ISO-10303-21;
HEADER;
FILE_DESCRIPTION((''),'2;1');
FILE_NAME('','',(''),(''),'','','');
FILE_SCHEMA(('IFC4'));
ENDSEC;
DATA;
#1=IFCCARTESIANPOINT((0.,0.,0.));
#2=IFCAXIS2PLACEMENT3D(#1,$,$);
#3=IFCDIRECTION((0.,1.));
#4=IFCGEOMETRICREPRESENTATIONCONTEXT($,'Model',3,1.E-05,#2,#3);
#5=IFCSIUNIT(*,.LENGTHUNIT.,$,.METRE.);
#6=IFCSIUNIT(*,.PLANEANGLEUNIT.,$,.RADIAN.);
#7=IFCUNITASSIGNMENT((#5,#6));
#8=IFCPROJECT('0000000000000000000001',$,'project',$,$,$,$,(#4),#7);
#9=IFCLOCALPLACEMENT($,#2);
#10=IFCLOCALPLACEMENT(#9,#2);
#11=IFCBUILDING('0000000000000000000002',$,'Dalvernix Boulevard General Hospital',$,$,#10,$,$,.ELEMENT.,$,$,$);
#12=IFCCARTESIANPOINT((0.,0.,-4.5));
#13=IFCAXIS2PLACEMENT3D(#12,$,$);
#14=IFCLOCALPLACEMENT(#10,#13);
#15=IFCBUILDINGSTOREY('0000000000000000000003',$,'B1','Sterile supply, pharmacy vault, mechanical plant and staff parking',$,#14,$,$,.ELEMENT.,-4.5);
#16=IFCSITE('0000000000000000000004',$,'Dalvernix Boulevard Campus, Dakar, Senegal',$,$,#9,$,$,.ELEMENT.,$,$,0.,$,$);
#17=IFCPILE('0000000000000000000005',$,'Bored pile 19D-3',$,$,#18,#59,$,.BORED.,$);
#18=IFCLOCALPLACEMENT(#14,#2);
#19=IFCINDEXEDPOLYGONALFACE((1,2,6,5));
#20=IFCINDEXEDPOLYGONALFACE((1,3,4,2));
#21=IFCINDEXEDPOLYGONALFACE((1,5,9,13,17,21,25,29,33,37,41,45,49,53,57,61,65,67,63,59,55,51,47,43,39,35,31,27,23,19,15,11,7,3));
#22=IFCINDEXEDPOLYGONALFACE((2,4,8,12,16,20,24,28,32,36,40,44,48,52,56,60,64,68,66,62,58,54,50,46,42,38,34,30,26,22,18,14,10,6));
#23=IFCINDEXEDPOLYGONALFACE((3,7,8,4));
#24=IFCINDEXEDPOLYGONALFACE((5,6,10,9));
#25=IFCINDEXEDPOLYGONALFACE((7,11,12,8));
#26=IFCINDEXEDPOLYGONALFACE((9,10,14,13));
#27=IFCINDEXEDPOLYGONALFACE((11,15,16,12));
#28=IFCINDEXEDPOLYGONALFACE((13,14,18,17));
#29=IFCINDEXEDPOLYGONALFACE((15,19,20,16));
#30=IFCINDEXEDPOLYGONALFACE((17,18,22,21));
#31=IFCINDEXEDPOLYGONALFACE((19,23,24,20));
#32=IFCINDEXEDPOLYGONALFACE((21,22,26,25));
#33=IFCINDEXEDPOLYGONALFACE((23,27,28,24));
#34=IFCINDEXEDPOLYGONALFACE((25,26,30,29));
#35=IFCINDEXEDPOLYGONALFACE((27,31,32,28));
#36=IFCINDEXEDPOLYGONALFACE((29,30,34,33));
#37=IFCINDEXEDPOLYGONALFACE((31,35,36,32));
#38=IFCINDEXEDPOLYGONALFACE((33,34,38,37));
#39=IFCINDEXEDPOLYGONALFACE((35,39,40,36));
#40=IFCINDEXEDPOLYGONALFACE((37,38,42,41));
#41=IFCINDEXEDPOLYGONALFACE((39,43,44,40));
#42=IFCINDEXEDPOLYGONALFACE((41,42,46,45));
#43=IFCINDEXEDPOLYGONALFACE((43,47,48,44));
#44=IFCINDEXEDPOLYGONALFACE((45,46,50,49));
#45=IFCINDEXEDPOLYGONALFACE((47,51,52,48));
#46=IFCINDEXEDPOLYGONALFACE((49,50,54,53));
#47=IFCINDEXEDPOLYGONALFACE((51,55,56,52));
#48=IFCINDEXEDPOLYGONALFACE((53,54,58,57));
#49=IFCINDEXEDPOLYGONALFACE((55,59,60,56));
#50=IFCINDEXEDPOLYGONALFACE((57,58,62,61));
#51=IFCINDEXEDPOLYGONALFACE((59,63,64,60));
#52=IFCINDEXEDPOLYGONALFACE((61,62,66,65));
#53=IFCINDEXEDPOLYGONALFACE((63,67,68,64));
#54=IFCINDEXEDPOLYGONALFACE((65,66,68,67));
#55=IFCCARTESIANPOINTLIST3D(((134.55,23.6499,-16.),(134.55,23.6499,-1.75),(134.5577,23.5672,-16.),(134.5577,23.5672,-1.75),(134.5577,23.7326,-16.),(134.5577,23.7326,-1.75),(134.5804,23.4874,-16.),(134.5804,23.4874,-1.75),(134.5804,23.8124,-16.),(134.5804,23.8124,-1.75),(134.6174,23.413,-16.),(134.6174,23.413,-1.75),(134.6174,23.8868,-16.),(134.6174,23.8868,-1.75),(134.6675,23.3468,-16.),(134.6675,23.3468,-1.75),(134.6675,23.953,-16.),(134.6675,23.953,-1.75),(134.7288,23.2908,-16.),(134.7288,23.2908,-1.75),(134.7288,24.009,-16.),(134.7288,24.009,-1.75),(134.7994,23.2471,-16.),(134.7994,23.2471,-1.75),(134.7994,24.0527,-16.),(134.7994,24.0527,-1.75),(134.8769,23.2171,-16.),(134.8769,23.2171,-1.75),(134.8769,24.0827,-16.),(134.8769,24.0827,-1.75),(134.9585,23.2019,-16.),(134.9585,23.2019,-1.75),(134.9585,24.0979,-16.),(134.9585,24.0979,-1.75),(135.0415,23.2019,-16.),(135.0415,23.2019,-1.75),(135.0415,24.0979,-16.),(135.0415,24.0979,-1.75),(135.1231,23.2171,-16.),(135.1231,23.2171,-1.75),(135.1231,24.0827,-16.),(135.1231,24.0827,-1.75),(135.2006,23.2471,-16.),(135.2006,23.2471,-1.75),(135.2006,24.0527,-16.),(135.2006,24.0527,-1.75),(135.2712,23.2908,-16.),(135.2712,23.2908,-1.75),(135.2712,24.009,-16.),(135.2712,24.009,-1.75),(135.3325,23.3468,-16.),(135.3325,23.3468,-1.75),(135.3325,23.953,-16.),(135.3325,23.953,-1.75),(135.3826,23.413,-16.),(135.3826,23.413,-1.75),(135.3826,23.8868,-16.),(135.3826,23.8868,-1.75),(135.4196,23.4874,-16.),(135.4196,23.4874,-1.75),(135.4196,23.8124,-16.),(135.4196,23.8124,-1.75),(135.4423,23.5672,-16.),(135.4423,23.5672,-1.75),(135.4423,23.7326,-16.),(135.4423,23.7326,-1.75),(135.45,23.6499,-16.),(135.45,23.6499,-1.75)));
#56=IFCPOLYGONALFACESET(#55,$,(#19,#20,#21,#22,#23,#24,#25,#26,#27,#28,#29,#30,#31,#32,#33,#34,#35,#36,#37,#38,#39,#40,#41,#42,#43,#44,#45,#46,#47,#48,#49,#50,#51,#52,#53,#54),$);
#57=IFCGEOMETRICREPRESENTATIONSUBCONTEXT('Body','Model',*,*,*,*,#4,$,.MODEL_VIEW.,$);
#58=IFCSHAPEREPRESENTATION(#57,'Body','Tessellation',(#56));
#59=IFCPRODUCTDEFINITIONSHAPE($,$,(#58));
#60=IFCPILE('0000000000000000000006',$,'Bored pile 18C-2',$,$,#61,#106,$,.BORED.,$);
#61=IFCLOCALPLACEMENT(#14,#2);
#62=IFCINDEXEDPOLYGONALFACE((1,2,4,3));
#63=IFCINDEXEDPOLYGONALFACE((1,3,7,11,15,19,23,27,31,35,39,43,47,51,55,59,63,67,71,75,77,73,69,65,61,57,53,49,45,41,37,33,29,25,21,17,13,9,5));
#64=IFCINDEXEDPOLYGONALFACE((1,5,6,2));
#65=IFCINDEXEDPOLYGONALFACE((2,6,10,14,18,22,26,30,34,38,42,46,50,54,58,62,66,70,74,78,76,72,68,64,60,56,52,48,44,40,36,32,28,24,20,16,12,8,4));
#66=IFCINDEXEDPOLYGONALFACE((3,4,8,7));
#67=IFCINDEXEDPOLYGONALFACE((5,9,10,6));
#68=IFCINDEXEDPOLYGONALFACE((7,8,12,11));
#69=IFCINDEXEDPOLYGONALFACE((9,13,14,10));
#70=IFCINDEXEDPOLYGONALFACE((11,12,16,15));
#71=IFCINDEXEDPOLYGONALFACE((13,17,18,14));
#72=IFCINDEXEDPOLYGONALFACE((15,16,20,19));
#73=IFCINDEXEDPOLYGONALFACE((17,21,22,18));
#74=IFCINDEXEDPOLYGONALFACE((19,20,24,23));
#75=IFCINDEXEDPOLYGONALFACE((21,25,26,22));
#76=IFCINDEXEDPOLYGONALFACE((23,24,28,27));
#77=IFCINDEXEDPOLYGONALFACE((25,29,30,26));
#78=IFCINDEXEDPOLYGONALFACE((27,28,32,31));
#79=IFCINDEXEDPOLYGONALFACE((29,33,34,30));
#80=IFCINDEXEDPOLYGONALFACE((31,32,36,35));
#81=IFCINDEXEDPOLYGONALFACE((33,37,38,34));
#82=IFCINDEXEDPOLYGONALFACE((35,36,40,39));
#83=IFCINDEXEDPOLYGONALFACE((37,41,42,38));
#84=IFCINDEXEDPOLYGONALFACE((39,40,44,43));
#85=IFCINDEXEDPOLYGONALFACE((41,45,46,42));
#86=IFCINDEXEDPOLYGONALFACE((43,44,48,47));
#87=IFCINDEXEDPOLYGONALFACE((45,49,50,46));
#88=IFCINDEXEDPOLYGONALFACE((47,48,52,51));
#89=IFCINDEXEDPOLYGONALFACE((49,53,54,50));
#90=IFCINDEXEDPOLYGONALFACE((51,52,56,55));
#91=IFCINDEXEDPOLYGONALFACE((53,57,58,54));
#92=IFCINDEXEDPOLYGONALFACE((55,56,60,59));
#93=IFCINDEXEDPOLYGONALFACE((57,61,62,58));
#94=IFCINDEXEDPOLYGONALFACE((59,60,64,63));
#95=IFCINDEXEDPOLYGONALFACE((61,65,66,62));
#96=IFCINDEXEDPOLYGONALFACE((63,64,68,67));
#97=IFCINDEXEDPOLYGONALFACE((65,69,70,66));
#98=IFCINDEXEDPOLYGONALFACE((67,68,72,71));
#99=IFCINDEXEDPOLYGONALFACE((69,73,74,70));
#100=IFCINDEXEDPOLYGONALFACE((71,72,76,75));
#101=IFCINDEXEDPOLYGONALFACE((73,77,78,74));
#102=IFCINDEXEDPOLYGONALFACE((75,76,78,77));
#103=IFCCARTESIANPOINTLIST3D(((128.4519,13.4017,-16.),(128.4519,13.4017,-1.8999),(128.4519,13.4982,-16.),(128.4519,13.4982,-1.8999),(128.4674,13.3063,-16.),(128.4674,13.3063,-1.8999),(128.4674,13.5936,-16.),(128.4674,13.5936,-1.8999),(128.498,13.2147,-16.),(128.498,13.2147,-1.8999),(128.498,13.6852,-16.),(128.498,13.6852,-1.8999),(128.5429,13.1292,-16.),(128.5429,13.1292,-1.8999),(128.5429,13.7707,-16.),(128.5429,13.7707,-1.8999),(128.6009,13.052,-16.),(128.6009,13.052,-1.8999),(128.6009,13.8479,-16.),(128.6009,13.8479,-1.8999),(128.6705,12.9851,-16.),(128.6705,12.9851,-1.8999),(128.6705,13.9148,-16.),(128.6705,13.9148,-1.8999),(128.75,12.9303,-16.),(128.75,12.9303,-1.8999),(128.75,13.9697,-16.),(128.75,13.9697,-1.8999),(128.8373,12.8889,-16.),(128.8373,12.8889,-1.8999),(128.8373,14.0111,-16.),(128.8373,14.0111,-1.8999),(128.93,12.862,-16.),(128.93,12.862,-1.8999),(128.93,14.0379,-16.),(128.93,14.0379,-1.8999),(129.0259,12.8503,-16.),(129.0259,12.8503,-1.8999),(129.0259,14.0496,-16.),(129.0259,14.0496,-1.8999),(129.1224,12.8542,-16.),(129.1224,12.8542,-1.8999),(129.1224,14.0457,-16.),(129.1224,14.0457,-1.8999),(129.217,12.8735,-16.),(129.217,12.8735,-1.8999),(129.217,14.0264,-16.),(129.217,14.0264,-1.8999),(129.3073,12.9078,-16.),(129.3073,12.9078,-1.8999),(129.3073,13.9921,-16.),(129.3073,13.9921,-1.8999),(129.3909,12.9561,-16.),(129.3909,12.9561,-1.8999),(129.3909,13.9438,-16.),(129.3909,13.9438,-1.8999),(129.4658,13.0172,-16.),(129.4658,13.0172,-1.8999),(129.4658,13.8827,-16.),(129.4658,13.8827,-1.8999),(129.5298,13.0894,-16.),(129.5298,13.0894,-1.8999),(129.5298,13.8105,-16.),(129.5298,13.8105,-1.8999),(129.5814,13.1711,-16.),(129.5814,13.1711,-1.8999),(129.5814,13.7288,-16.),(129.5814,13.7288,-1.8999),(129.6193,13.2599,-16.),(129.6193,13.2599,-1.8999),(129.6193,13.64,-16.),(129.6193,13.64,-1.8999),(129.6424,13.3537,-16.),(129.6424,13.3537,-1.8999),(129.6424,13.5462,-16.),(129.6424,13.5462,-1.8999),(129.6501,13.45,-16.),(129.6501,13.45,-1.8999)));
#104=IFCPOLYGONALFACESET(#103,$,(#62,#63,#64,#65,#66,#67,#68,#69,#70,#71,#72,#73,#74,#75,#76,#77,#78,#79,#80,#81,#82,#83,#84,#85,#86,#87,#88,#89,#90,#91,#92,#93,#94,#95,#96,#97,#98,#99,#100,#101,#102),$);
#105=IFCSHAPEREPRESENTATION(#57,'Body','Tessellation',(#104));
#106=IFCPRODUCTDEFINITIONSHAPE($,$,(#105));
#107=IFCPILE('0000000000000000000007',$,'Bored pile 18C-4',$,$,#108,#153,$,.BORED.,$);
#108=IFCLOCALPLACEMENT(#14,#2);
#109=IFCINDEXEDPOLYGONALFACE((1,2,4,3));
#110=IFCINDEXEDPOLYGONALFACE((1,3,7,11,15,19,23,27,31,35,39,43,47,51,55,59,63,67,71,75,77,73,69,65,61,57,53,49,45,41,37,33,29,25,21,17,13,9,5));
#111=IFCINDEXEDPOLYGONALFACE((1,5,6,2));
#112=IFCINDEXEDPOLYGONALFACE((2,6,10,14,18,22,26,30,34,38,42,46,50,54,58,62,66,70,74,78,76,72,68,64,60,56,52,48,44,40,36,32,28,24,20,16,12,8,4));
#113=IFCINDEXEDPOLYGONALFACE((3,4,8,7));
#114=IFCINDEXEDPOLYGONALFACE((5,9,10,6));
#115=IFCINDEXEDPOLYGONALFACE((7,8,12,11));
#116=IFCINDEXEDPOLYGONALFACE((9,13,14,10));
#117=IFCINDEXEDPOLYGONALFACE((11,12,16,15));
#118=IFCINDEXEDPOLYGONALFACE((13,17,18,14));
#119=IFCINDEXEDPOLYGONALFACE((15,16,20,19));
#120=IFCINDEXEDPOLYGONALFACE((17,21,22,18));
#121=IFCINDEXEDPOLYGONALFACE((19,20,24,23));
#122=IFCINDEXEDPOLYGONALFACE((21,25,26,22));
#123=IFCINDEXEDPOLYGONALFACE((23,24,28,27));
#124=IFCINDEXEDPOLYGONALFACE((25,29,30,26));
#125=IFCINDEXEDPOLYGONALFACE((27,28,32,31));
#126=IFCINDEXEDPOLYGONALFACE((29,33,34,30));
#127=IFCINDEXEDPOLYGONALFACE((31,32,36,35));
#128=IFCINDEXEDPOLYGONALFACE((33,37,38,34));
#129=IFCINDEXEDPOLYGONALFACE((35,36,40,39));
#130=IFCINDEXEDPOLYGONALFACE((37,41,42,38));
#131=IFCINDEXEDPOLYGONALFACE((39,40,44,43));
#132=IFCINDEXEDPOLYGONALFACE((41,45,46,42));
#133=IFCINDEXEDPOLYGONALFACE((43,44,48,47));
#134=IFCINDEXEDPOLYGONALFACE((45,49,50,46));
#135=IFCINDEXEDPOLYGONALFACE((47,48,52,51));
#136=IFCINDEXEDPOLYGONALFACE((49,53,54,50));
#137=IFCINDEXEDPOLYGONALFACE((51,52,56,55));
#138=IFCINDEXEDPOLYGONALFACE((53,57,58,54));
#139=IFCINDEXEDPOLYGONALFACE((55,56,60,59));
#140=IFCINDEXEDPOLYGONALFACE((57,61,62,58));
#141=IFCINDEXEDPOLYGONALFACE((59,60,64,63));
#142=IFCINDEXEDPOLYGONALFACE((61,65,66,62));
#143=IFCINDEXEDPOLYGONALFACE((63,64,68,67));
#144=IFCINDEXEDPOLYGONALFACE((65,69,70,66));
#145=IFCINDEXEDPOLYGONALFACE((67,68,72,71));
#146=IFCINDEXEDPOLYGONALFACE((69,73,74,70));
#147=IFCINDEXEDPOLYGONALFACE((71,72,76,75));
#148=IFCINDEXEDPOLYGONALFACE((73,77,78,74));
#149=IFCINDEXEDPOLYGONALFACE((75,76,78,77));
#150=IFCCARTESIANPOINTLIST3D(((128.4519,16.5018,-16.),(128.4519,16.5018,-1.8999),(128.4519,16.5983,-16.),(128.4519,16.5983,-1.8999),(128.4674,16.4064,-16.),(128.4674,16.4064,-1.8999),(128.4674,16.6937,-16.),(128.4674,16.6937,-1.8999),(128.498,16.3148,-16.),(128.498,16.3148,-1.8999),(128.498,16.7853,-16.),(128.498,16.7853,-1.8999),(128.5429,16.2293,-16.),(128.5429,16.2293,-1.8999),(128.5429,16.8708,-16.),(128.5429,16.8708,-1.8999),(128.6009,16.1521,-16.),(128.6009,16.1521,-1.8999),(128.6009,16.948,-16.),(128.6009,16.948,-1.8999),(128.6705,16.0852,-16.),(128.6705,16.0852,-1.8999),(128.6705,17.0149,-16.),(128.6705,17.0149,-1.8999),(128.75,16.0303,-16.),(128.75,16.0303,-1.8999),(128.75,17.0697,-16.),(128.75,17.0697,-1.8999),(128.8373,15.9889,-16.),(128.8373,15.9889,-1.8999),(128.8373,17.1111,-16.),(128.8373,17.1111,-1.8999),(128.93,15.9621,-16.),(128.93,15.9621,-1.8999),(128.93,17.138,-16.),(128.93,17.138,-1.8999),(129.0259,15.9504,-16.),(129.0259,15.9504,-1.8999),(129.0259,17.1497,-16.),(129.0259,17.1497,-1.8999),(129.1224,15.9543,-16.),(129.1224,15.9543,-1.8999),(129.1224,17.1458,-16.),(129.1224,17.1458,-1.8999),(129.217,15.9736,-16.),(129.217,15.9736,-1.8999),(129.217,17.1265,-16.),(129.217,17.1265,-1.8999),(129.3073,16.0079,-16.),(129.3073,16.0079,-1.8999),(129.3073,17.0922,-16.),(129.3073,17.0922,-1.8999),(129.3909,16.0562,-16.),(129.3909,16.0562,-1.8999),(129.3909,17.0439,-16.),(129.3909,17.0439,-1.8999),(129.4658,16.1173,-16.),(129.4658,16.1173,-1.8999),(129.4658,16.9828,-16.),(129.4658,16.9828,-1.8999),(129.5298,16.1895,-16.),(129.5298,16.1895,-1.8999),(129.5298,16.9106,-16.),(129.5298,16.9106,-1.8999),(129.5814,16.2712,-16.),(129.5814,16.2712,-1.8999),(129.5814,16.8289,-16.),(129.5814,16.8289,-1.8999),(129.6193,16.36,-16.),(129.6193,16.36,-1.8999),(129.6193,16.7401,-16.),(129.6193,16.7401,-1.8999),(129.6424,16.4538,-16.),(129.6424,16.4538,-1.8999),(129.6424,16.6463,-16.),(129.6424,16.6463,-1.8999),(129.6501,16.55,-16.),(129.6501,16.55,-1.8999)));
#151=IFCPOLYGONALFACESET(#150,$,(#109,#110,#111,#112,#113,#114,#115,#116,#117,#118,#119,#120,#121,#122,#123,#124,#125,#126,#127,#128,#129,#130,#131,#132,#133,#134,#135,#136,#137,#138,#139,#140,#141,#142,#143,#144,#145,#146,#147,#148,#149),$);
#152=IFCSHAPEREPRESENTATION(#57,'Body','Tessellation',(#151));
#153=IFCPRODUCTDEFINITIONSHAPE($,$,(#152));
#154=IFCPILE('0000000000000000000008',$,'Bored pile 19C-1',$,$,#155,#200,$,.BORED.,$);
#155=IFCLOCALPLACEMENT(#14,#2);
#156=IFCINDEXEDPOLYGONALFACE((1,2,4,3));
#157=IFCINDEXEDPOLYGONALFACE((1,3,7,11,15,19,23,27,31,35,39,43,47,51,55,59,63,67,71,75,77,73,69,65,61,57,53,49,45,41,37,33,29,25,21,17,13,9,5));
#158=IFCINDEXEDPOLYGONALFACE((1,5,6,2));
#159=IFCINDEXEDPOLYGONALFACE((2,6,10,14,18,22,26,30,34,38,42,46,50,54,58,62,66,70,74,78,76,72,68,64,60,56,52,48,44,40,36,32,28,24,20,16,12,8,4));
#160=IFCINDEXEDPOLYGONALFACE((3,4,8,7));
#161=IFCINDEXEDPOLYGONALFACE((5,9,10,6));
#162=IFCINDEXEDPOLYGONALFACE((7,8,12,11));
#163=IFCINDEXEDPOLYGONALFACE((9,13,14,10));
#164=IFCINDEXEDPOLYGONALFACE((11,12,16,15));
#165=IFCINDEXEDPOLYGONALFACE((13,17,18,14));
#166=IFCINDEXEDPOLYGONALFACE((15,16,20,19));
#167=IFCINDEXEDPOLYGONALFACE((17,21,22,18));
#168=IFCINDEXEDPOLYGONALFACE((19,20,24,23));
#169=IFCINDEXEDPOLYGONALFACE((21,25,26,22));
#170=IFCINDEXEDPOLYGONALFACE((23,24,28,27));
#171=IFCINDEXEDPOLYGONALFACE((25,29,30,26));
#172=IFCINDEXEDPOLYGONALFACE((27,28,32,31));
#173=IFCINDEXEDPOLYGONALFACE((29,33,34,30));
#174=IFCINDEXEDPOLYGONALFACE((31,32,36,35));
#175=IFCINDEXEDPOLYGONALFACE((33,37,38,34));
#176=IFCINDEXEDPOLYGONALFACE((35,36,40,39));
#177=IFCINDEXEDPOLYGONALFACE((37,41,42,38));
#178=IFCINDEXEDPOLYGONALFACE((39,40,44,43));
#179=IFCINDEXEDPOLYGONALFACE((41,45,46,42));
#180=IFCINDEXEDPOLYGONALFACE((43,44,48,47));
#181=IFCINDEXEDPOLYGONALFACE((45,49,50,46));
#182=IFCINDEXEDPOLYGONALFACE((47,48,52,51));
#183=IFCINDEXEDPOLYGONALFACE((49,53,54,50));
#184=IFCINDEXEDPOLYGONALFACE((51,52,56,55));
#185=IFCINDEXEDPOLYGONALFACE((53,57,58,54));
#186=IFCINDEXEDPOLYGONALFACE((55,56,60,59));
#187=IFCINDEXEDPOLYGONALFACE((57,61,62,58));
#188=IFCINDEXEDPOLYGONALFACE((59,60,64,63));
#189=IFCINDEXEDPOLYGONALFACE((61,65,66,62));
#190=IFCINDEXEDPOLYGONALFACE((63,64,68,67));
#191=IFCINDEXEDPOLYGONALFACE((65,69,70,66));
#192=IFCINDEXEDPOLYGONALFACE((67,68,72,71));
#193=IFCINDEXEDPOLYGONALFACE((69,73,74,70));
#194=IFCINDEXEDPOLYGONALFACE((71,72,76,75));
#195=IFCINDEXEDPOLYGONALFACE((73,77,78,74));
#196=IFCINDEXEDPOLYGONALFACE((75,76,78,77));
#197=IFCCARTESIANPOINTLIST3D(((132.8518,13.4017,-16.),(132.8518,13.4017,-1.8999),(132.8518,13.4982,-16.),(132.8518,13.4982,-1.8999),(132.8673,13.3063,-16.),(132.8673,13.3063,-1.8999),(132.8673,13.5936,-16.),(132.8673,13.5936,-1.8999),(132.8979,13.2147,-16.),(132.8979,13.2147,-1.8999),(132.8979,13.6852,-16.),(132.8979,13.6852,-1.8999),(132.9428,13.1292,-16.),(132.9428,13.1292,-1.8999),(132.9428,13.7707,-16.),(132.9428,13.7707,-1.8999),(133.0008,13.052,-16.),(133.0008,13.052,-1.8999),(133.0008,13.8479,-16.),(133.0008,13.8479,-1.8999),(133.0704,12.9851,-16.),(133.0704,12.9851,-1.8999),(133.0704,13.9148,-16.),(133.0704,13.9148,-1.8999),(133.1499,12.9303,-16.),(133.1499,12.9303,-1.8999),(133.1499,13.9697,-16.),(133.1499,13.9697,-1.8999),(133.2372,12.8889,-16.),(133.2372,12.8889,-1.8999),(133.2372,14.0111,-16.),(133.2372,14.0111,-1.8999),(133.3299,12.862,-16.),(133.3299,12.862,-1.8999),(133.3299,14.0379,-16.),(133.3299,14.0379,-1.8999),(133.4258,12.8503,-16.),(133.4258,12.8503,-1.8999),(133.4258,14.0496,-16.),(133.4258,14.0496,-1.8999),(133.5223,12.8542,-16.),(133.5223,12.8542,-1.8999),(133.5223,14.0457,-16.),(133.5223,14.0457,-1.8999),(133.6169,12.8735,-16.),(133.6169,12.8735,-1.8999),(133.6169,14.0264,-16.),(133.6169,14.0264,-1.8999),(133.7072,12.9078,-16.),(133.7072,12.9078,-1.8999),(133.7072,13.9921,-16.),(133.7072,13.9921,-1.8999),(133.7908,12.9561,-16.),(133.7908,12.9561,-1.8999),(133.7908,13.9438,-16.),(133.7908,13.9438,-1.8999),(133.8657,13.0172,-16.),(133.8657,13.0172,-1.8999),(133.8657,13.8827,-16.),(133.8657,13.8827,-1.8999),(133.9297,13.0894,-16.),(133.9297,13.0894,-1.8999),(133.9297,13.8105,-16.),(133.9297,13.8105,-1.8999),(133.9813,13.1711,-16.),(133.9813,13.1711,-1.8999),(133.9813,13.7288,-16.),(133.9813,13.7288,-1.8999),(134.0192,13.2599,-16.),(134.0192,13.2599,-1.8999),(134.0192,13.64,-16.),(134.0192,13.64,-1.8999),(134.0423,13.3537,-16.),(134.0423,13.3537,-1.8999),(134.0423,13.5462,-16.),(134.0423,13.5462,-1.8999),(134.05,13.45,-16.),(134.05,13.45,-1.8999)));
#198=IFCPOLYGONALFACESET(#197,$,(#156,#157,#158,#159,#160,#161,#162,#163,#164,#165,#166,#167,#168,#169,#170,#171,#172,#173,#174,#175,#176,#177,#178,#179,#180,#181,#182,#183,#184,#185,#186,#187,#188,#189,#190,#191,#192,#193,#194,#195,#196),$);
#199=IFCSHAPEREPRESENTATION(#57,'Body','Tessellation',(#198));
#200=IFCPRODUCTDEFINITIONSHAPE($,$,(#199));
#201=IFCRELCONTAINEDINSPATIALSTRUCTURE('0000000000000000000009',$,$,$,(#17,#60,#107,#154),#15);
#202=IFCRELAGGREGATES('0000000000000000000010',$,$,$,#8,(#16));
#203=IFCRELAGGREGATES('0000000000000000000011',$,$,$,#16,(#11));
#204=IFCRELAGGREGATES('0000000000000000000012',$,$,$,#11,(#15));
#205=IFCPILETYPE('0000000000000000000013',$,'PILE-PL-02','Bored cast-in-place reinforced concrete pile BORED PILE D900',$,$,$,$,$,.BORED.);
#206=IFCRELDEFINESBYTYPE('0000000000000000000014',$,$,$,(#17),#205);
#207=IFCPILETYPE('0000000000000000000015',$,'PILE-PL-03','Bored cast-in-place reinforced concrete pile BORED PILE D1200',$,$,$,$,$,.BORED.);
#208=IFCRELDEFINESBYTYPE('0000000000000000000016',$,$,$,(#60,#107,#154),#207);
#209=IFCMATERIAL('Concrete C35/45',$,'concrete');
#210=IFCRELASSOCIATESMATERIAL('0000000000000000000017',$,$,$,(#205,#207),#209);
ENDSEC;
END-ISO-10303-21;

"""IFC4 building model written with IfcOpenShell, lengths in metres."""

from ifc_helpers import new_model, si_unit, direction, frame, origin, origin_2d, place, context, subcontext, project, spatial, circle, extrude, material, material_profile, profile_set, type_object, element, save


model = new_model("IFC4")

# Units and contexts
model_context = context("Model", 3, precision=1e-05, world=origin(), true_north=direction((0.0, 1.0)))
body_context = subcontext(model_context, "Body", "Model", "MODEL_VIEW")
ifc_project = project(units=[si_unit("LENGTHUNIT", "METRE"), si_unit("PLANEANGLEUNIT", "RADIAN")], contexts=[model_context])

# Site, building, storey
site_placement = place(None, origin())
site = spatial("IfcSite", under=ifc_project, at=site_placement, Name="Dalvernix Boulevard Campus, Dakar, Senegal", CompositionType="ELEMENT", RefElevation=0.0)
building_placement = place(site_placement, origin())
building = spatial("IfcBuilding", under=site, at=building_placement, Name="Dalvernix Boulevard General Hospital", CompositionType="ELEMENT")
storey_placement = place(building_placement, frame((0.0, 0.0, -4.5)))
storey = spatial("IfcBuildingStorey", under=building, at=storey_placement, Name="B1", Description="Sterile supply, pharmacy vault, mechanical plant and staff parking", CompositionType="ELEMENT", Elevation=-4.5)

# Shared definitions
ifc_material_1 = material(Name="Concrete C35/45", Category="concrete")

# Piles
ifc_material_profile_1 = material_profile(ifc_material_1, circle(Radius=0.45, at=origin_2d()), Name="BORED PILE D900")
ifc_profile_set_1 = profile_set([ifc_material_profile_1], Name="Concrete C35/45")
pile_type_1 = type_object("IfcPileType", Name="PILE-PL-02", Description="Bored cast-in-place reinforced concrete pile BORED PILE D900", PredefinedType="BORED", material=ifc_profile_set_1)
for number, where, z_axis, x_axis, name in (
    (1, (135.0, 23.6499, -1.75), (0.0, 0.0, -1.0), (1.0, 0.0, 0.0), "Bored pile 19D-3"),
):
    element("IfcPile", number, at=place(storey_placement, frame(where, z_axis=z_axis, x_axis=x_axis)), inside=storey, type_object=pile_type_1, Name=name, PredefinedType="BORED", context=body_context, shape_type="SweptSolid", body=[
        extrude(circle(Radius=0.45, at=origin_2d()), origin(), (0.0, 0.0, 1.0), 14.25),
    ])
ifc_material_profile_2 = material_profile(ifc_material_1, circle(Radius=0.6001, at=origin_2d()), Name="BORED PILE D1200")
ifc_profile_set_2 = profile_set([ifc_material_profile_2], Name="Concrete C35/45")
pile_type_2 = type_object("IfcPileType", Name="PILE-PL-03", Description="Bored cast-in-place reinforced concrete pile BORED PILE D1200", PredefinedType="BORED", material=ifc_profile_set_2)
for number, where, z_axis, x_axis, name in (
    (2, (129.05, 13.45, -1.8999), (0.0, 0.0, -1.0), (1.0, 0.0, 0.0), "Bored pile 18C-2"),
    (3, (129.05, 16.55, -1.8999), (0.0, 0.0, -1.0), (1.0, 0.0, 0.0), "Bored pile 18C-4"),
    (4, (133.45, 13.45, -1.8999), (0.0, 0.0, -1.0), (1.0, 0.0, 0.0), "Bored pile 19C-1"),
):
    element("IfcPile", number, at=place(storey_placement, frame(where, z_axis=z_axis, x_axis=x_axis)), inside=storey, type_object=pile_type_2, Name=name, PredefinedType="BORED", context=body_context, shape_type="SweptSolid", body=[
        extrude(circle(Radius=0.6001, at=origin_2d()), origin(), (0.0, 0.0, 1.0), 14.1001),
    ])

save(model, "model.ifc")
